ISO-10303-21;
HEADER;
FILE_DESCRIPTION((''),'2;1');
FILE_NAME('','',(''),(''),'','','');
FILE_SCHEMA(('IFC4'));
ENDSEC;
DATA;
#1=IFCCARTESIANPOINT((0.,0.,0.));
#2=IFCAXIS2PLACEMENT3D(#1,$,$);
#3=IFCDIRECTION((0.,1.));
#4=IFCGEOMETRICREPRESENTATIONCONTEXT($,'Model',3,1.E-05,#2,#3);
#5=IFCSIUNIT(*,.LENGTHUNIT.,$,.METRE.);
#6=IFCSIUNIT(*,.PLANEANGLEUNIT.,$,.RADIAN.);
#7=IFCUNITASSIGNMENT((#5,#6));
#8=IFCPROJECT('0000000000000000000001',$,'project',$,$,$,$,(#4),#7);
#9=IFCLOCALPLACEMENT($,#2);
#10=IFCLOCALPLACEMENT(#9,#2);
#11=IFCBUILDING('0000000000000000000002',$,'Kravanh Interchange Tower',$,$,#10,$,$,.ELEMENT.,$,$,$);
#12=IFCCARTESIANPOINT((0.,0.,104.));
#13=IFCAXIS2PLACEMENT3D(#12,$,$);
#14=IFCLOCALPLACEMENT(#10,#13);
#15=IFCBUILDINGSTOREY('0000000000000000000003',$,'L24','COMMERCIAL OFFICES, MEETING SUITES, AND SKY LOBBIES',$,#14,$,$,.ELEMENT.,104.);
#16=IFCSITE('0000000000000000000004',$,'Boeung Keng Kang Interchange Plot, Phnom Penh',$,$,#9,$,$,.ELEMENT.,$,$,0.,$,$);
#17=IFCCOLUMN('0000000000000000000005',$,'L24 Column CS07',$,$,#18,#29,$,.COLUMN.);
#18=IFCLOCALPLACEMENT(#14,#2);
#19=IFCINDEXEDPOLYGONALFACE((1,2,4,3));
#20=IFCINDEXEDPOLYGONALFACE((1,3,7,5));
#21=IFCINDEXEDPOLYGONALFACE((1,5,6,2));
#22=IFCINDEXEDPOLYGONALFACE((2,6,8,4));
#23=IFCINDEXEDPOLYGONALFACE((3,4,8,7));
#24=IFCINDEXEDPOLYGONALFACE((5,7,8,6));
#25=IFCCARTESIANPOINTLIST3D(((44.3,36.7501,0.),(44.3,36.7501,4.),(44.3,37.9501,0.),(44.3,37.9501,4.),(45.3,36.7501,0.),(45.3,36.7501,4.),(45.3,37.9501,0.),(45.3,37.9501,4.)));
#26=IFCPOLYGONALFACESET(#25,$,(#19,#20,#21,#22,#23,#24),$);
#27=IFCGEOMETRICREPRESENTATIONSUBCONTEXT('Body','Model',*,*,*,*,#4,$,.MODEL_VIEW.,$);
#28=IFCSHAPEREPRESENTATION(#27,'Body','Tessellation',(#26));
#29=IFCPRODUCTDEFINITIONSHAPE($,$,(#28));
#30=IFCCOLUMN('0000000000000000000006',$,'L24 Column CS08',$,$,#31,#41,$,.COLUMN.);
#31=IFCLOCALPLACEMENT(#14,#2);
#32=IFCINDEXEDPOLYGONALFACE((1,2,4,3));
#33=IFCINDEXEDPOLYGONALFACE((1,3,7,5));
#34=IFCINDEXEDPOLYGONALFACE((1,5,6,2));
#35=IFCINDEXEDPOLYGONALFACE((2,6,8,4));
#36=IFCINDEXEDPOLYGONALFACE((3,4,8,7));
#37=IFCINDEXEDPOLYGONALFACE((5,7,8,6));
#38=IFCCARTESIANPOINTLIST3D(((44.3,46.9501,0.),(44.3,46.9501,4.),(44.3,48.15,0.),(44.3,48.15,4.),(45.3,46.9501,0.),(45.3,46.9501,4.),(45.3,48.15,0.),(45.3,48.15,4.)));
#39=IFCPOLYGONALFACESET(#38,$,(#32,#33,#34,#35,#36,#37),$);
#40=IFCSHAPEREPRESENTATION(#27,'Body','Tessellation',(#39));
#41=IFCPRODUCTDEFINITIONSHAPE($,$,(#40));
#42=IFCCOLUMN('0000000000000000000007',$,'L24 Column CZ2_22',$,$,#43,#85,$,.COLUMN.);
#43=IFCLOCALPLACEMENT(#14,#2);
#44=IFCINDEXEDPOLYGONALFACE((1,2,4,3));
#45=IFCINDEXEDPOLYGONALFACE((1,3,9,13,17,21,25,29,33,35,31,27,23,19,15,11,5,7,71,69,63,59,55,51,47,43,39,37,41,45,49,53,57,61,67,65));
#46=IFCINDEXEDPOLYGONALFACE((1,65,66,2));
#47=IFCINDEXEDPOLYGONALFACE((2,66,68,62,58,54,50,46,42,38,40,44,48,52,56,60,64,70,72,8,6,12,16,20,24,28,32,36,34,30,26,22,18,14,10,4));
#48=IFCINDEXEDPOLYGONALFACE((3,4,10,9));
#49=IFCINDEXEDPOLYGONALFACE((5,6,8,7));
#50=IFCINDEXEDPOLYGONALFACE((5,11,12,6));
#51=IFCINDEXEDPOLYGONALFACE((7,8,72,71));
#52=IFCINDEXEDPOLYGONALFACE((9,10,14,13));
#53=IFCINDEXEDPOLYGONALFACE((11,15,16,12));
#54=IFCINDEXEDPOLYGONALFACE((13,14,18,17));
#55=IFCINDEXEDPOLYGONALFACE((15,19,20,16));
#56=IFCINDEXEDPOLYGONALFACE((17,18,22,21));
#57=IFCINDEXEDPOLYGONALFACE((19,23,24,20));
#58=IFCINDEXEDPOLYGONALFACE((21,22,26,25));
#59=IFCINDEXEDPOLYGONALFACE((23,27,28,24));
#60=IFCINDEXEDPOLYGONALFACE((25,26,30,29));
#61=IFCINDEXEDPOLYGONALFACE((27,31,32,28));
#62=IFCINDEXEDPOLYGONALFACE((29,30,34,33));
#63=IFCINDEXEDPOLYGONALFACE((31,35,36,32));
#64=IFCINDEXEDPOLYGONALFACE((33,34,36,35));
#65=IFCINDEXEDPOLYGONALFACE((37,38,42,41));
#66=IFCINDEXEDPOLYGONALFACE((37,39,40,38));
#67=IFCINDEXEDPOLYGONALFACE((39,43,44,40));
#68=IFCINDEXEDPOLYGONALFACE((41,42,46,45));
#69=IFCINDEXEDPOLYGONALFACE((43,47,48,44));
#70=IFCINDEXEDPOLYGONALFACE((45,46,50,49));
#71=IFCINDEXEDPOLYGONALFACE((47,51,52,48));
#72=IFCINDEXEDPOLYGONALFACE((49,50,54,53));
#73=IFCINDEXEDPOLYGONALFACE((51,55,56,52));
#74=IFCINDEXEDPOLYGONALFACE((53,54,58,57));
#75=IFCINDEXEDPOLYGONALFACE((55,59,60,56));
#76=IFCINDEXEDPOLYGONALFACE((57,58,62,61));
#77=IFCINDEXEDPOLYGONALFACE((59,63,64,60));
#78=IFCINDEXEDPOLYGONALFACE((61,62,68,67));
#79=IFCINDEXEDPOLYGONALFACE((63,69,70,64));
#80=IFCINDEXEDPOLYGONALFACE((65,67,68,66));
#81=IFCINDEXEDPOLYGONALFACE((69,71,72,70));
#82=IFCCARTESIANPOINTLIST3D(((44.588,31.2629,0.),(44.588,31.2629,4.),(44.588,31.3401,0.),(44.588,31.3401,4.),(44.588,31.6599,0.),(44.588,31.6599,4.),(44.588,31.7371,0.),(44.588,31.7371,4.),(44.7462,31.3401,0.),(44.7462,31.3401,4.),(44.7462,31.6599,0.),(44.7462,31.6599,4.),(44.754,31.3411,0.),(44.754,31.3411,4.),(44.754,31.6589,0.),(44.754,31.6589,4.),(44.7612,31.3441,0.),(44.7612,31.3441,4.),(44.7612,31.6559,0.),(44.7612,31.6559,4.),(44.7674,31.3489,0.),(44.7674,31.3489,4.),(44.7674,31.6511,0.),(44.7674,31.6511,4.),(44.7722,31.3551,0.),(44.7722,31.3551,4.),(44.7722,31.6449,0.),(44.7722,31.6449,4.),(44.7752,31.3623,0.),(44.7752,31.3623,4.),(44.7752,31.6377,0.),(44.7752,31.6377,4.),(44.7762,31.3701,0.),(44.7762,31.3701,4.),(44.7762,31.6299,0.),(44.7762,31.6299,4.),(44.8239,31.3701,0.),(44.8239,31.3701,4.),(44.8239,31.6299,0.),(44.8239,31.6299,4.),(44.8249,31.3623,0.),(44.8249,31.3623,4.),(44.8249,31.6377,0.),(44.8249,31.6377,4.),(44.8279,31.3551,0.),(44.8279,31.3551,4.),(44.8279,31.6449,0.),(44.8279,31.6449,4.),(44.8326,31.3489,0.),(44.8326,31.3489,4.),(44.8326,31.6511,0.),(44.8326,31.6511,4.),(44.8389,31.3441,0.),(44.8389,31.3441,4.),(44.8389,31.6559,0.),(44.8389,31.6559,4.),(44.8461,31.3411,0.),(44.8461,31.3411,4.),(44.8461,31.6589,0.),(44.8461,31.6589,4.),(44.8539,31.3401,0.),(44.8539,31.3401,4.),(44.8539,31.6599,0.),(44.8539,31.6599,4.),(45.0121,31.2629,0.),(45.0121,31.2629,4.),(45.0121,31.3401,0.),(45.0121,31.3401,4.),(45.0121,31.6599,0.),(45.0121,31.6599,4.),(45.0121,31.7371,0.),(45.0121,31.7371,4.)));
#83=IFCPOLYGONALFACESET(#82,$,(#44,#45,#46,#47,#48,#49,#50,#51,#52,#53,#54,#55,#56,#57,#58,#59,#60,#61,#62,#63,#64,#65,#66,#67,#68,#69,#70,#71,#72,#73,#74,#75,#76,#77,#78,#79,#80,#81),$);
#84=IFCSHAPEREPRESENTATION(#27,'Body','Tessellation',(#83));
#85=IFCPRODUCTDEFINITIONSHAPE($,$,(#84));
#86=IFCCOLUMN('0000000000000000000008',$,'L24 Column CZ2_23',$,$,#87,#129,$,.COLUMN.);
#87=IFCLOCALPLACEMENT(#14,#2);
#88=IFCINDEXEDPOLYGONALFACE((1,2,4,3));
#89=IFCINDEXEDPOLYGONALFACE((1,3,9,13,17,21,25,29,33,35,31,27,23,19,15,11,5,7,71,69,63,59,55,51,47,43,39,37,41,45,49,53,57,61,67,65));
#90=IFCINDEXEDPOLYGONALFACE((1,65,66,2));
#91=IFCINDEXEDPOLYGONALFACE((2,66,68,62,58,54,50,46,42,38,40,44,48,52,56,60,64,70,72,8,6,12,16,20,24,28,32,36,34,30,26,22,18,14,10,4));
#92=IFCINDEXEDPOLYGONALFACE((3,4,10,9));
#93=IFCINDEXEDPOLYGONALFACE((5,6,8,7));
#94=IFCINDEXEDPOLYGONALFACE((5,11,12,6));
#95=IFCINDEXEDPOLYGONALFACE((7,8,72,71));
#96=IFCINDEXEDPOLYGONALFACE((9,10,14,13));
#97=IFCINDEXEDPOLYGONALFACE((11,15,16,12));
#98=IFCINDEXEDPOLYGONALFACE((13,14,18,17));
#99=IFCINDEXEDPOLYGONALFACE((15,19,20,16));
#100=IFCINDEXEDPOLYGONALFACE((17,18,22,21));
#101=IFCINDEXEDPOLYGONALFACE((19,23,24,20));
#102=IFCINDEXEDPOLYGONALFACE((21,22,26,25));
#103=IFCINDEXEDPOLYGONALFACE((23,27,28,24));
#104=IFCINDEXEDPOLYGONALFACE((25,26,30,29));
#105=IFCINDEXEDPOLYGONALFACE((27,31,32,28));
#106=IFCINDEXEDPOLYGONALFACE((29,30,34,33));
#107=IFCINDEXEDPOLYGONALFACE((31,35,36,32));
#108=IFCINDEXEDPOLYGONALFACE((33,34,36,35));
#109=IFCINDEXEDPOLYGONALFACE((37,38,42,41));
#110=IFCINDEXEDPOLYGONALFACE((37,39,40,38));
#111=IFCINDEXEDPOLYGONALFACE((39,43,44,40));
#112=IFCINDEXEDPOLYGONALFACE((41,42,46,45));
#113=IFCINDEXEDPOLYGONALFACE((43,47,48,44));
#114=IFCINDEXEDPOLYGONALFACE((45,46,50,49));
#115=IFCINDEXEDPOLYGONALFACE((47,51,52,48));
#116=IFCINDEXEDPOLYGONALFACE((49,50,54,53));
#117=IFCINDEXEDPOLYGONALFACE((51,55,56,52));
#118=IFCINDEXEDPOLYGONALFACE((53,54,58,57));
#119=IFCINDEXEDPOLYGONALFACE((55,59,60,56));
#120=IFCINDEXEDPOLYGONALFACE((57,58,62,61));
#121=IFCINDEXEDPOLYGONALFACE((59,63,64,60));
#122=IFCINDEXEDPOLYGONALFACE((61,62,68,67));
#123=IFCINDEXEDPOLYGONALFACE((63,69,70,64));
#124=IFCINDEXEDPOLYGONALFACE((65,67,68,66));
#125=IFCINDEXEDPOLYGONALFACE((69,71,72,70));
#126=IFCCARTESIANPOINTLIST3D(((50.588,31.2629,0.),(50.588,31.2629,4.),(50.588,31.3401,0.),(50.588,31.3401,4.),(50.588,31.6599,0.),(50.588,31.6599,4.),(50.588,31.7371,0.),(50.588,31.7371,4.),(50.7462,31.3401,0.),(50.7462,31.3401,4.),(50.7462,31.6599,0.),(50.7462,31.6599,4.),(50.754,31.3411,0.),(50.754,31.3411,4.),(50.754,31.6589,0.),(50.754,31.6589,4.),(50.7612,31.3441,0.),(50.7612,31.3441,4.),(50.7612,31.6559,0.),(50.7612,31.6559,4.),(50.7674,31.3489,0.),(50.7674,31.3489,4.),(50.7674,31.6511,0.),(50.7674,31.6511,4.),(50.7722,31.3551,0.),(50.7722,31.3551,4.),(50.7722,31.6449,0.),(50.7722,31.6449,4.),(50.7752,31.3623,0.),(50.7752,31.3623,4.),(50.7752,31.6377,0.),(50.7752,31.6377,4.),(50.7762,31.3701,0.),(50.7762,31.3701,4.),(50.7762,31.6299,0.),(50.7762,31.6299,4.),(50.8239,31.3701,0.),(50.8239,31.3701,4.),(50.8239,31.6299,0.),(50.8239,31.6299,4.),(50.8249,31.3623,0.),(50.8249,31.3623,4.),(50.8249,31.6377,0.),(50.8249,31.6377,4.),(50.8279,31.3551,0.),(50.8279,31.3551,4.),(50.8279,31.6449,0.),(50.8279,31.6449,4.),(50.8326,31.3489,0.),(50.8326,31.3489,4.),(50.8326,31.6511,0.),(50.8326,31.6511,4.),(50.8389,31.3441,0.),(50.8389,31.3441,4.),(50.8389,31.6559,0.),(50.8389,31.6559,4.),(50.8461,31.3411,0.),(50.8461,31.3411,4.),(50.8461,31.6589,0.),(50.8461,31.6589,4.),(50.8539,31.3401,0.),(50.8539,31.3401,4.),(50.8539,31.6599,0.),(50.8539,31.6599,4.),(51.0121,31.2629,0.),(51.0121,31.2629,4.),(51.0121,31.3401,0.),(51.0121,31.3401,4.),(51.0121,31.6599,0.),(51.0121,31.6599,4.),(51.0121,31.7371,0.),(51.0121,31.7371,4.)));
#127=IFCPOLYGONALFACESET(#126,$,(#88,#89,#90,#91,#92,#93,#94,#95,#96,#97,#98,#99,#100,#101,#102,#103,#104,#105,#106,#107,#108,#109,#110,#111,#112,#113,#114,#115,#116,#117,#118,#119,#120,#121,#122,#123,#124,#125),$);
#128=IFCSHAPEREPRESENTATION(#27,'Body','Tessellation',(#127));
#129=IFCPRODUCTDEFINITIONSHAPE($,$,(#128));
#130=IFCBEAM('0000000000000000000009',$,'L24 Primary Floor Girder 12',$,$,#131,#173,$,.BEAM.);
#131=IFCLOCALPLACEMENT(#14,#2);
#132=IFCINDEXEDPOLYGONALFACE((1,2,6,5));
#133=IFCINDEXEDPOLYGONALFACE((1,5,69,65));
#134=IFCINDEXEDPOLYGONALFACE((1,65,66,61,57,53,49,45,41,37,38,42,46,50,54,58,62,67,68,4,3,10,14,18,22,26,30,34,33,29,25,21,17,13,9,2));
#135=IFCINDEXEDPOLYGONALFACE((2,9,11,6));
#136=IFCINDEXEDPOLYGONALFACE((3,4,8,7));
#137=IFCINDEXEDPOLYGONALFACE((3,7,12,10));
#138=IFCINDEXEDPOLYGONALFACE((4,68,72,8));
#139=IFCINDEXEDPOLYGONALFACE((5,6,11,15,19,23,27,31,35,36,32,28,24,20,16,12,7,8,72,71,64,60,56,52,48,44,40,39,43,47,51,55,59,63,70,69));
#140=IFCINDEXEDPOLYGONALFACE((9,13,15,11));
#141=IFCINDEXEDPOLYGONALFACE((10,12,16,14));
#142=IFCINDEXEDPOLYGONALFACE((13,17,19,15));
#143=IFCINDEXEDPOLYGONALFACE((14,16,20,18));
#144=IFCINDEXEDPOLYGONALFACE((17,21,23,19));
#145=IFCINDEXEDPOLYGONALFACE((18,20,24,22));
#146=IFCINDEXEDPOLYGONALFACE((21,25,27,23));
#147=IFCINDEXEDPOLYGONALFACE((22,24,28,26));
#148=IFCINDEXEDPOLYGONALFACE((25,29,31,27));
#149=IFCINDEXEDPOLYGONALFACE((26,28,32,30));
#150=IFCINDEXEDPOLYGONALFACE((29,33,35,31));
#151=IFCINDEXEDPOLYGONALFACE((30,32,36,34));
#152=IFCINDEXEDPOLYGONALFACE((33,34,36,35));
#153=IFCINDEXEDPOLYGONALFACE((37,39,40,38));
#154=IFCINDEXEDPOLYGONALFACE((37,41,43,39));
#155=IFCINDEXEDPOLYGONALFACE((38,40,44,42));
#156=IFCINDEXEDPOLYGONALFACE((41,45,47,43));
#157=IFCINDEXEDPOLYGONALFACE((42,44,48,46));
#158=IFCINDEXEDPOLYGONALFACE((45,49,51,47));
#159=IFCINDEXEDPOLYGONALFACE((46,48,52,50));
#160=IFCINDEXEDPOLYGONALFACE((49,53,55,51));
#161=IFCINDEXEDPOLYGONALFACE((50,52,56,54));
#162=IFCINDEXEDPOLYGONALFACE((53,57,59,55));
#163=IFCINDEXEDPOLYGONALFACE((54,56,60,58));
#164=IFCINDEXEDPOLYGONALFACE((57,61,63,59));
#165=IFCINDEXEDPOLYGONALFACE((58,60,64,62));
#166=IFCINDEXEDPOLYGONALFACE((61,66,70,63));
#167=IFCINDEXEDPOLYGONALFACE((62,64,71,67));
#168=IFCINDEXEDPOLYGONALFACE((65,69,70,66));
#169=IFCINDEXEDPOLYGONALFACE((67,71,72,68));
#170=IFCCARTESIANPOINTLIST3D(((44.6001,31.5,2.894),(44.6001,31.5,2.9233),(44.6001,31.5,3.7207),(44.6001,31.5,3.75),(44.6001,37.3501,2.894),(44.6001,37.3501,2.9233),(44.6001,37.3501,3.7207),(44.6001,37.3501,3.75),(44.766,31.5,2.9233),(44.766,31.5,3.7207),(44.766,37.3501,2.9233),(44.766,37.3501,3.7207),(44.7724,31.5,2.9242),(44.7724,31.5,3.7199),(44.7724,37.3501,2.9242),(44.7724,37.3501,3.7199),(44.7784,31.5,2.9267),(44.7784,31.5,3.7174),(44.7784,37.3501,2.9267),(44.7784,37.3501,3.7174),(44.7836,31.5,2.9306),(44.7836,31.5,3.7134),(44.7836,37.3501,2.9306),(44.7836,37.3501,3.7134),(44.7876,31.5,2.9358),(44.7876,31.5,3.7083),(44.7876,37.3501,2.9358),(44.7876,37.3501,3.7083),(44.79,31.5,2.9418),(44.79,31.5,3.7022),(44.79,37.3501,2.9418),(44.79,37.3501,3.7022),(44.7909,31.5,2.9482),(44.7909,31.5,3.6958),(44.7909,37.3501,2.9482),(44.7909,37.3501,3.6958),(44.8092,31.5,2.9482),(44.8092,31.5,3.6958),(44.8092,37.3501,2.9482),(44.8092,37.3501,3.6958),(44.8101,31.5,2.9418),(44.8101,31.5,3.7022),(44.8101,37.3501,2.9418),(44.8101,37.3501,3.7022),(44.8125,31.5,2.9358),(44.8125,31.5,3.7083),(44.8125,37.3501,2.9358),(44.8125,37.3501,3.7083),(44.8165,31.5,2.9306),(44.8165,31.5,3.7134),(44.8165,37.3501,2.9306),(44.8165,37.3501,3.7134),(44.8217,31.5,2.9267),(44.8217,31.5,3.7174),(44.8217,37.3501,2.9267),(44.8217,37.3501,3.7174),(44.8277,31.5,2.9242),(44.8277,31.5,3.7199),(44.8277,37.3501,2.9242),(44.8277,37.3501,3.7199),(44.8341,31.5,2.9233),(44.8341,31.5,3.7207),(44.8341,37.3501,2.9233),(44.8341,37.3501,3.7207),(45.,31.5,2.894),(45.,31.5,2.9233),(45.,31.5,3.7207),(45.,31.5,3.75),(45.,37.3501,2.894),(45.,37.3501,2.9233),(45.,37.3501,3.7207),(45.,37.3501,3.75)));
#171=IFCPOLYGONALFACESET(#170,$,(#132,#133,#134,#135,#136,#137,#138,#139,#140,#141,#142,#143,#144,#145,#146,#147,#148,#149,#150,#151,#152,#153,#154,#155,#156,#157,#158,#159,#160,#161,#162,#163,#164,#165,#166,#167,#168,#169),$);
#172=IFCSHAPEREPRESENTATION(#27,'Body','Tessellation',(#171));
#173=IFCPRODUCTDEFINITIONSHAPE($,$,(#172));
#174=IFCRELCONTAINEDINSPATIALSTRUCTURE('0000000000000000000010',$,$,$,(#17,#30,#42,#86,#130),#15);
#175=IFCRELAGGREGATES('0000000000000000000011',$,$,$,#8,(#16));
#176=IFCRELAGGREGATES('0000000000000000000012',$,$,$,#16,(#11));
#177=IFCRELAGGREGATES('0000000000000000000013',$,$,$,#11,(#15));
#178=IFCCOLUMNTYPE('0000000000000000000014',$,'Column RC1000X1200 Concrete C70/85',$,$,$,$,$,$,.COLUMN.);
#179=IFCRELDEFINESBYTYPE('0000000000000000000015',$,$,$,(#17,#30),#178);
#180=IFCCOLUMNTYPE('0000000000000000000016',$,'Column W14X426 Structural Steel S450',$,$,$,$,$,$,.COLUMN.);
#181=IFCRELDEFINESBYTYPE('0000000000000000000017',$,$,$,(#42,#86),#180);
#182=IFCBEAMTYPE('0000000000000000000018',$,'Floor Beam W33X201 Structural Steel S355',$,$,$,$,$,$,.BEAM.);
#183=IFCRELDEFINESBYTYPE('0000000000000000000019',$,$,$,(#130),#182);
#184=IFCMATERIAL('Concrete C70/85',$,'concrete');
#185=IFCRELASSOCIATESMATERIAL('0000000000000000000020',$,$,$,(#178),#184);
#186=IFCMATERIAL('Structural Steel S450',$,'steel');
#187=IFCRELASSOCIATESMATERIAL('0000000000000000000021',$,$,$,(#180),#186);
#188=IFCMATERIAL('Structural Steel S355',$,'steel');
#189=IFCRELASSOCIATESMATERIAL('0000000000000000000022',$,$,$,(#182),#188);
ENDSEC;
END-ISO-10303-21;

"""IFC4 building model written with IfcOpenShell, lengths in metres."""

from ifc_helpers import new_model, si_unit, direction, frame, origin, origin_2d, place, context, subcontext, project, spatial, rectangle, i_section, extrude, material, material_profile, profile_set, type_object, element, save


model = new_model("IFC4")

# Units and contexts
model_context = context("Model", 3, precision=1e-05, world=origin(), true_north=direction((0.0, 1.0)))
body_context = subcontext(model_context, "Body", "Model", "MODEL_VIEW")
ifc_project = project(units=[si_unit("LENGTHUNIT", "METRE"), si_unit("PLANEANGLEUNIT", "RADIAN")], contexts=[model_context])

# Site, building, storey
site_placement = place(None, origin())
site = spatial("IfcSite", under=ifc_project, at=site_placement, Name="Boeung Keng Kang Interchange Plot, Phnom Penh", CompositionType="ELEMENT", RefElevation=0.0)
building_placement = place(site_placement, origin())
building = spatial("IfcBuilding", under=site, at=building_placement, Name="Kravanh Interchange Tower", CompositionType="ELEMENT")
storey_placement = place(building_placement, frame((0.0, 0.0, 104.0)))
storey = spatial("IfcBuildingStorey", under=building, at=storey_placement, Name="L24", Description="COMMERCIAL OFFICES, MEETING SUITES, AND SKY LOBBIES", CompositionType="ELEMENT", Elevation=104.0)

# Columns
ifc_material_1 = material(Name="Concrete C70/85", Category="concrete")
ifc_material_profile_1 = material_profile(ifc_material_1, rectangle(XDim=1.0, YDim=1.2, at=origin_2d()), Name="RC1000X1200")
ifc_profile_set_1 = profile_set([ifc_material_profile_1], Name="Concrete C70/85")
column_type_1 = type_object("IfcColumnType", Name="Column RC1000X1200 Concrete C70/85", PredefinedType="COLUMN", material=ifc_profile_set_1)
for number, where, z_axis, x_axis, name in (
    (1, (44.8, 37.3501, 0.0), (0.0, 0.0, 1.0), (1.0, 0.0, 0.0), "L24 Column CS07"),
    (2, (44.8, 47.55, 0.0), (0.0, 0.0, 1.0), (1.0, 0.0, 0.0), "L24 Column CS08"),
):
    element("IfcColumn", number, at=place(storey_placement, frame(where, z_axis=z_axis, x_axis=x_axis)), inside=storey, type_object=column_type_1, Name=name, PredefinedType="COLUMN", context=body_context, shape_type="SweptSolid", body=[
        extrude(rectangle(XDim=1.0, YDim=1.2, at=origin_2d()), origin(), (0.0, 0.0, 1.0), 4.0),
    ])
ifc_material_2 = material(Name="Structural Steel S450", Category="steel")
ifc_material_profile_2 = material_profile(ifc_material_2, i_section(OverallWidth=0.4241, OverallDepth=0.4741, WebThickness=0.0476, FlangeThickness=0.0771, FilletRadius=0.03, at=origin_2d()), Name="W14X426")
ifc_profile_set_2 = profile_set([ifc_material_profile_2], Name="Structural Steel S450")
column_type_2 = type_object("IfcColumnType", Name="Column W14X426 Structural Steel S450", PredefinedType="COLUMN", material=ifc_profile_set_2)
for number, where, z_axis, x_axis, name in (
    (3, (44.8, 31.5, 0.0), (0.0, 0.0, 1.0), (1.0, 0.0, 0.0), "L24 Column CZ2_22"),
    (4, (50.8, 31.5, 0.0), (0.0, 0.0, 1.0), (1.0, 0.0, 0.0), "L24 Column CZ2_23"),
):
    element("IfcColumn", number, at=place(storey_placement, frame(where, z_axis=z_axis, x_axis=x_axis)), inside=storey, type_object=column_type_2, Name=name, PredefinedType="COLUMN", context=body_context, shape_type="SweptSolid", body=[
        extrude(i_section(OverallWidth=0.4241, OverallDepth=0.4741, WebThickness=0.0476, FlangeThickness=0.0771, FilletRadius=0.03, at=origin_2d()), origin(), (0.0, 0.0, 1.0), 4.0),
    ])

# Beam
ifc_material_3 = material(Name="Structural Steel S355", Category="steel")
ifc_material_profile_3 = material_profile(ifc_material_3, i_section(OverallWidth=0.3999, OverallDepth=0.856, WebThickness=0.0183, FlangeThickness=0.0293, FilletRadius=0.0249, at=origin_2d()), Name="W33X201")
ifc_profile_set_3 = profile_set([ifc_material_profile_3], Name="Structural Steel S355")
beam_type_1 = type_object("IfcBeamType", Name="Floor Beam W33X201 Structural Steel S355", PredefinedType="BEAM", material=ifc_profile_set_3)
beam_1_placement = place(storey_placement, frame((44.8, 37.3501, 3.322), z_axis=(0.0, -1.0, 0.0), x_axis=(1.0, 0.0, 0.0)))
element("IfcBeam", 5, at=beam_1_placement, inside=storey, type_object=beam_type_1, Name="L24 Primary Floor Girder 12", PredefinedType="BEAM", context=body_context, shape_type="SweptSolid", body=[
    extrude(i_section(OverallWidth=0.3999, OverallDepth=0.856, WebThickness=0.0183, FlangeThickness=0.0293, FilletRadius=0.0249, at=origin_2d()), origin(), (0.0, 0.0, 1.0), 5.8501),
])

save(model, "model.ifc")
